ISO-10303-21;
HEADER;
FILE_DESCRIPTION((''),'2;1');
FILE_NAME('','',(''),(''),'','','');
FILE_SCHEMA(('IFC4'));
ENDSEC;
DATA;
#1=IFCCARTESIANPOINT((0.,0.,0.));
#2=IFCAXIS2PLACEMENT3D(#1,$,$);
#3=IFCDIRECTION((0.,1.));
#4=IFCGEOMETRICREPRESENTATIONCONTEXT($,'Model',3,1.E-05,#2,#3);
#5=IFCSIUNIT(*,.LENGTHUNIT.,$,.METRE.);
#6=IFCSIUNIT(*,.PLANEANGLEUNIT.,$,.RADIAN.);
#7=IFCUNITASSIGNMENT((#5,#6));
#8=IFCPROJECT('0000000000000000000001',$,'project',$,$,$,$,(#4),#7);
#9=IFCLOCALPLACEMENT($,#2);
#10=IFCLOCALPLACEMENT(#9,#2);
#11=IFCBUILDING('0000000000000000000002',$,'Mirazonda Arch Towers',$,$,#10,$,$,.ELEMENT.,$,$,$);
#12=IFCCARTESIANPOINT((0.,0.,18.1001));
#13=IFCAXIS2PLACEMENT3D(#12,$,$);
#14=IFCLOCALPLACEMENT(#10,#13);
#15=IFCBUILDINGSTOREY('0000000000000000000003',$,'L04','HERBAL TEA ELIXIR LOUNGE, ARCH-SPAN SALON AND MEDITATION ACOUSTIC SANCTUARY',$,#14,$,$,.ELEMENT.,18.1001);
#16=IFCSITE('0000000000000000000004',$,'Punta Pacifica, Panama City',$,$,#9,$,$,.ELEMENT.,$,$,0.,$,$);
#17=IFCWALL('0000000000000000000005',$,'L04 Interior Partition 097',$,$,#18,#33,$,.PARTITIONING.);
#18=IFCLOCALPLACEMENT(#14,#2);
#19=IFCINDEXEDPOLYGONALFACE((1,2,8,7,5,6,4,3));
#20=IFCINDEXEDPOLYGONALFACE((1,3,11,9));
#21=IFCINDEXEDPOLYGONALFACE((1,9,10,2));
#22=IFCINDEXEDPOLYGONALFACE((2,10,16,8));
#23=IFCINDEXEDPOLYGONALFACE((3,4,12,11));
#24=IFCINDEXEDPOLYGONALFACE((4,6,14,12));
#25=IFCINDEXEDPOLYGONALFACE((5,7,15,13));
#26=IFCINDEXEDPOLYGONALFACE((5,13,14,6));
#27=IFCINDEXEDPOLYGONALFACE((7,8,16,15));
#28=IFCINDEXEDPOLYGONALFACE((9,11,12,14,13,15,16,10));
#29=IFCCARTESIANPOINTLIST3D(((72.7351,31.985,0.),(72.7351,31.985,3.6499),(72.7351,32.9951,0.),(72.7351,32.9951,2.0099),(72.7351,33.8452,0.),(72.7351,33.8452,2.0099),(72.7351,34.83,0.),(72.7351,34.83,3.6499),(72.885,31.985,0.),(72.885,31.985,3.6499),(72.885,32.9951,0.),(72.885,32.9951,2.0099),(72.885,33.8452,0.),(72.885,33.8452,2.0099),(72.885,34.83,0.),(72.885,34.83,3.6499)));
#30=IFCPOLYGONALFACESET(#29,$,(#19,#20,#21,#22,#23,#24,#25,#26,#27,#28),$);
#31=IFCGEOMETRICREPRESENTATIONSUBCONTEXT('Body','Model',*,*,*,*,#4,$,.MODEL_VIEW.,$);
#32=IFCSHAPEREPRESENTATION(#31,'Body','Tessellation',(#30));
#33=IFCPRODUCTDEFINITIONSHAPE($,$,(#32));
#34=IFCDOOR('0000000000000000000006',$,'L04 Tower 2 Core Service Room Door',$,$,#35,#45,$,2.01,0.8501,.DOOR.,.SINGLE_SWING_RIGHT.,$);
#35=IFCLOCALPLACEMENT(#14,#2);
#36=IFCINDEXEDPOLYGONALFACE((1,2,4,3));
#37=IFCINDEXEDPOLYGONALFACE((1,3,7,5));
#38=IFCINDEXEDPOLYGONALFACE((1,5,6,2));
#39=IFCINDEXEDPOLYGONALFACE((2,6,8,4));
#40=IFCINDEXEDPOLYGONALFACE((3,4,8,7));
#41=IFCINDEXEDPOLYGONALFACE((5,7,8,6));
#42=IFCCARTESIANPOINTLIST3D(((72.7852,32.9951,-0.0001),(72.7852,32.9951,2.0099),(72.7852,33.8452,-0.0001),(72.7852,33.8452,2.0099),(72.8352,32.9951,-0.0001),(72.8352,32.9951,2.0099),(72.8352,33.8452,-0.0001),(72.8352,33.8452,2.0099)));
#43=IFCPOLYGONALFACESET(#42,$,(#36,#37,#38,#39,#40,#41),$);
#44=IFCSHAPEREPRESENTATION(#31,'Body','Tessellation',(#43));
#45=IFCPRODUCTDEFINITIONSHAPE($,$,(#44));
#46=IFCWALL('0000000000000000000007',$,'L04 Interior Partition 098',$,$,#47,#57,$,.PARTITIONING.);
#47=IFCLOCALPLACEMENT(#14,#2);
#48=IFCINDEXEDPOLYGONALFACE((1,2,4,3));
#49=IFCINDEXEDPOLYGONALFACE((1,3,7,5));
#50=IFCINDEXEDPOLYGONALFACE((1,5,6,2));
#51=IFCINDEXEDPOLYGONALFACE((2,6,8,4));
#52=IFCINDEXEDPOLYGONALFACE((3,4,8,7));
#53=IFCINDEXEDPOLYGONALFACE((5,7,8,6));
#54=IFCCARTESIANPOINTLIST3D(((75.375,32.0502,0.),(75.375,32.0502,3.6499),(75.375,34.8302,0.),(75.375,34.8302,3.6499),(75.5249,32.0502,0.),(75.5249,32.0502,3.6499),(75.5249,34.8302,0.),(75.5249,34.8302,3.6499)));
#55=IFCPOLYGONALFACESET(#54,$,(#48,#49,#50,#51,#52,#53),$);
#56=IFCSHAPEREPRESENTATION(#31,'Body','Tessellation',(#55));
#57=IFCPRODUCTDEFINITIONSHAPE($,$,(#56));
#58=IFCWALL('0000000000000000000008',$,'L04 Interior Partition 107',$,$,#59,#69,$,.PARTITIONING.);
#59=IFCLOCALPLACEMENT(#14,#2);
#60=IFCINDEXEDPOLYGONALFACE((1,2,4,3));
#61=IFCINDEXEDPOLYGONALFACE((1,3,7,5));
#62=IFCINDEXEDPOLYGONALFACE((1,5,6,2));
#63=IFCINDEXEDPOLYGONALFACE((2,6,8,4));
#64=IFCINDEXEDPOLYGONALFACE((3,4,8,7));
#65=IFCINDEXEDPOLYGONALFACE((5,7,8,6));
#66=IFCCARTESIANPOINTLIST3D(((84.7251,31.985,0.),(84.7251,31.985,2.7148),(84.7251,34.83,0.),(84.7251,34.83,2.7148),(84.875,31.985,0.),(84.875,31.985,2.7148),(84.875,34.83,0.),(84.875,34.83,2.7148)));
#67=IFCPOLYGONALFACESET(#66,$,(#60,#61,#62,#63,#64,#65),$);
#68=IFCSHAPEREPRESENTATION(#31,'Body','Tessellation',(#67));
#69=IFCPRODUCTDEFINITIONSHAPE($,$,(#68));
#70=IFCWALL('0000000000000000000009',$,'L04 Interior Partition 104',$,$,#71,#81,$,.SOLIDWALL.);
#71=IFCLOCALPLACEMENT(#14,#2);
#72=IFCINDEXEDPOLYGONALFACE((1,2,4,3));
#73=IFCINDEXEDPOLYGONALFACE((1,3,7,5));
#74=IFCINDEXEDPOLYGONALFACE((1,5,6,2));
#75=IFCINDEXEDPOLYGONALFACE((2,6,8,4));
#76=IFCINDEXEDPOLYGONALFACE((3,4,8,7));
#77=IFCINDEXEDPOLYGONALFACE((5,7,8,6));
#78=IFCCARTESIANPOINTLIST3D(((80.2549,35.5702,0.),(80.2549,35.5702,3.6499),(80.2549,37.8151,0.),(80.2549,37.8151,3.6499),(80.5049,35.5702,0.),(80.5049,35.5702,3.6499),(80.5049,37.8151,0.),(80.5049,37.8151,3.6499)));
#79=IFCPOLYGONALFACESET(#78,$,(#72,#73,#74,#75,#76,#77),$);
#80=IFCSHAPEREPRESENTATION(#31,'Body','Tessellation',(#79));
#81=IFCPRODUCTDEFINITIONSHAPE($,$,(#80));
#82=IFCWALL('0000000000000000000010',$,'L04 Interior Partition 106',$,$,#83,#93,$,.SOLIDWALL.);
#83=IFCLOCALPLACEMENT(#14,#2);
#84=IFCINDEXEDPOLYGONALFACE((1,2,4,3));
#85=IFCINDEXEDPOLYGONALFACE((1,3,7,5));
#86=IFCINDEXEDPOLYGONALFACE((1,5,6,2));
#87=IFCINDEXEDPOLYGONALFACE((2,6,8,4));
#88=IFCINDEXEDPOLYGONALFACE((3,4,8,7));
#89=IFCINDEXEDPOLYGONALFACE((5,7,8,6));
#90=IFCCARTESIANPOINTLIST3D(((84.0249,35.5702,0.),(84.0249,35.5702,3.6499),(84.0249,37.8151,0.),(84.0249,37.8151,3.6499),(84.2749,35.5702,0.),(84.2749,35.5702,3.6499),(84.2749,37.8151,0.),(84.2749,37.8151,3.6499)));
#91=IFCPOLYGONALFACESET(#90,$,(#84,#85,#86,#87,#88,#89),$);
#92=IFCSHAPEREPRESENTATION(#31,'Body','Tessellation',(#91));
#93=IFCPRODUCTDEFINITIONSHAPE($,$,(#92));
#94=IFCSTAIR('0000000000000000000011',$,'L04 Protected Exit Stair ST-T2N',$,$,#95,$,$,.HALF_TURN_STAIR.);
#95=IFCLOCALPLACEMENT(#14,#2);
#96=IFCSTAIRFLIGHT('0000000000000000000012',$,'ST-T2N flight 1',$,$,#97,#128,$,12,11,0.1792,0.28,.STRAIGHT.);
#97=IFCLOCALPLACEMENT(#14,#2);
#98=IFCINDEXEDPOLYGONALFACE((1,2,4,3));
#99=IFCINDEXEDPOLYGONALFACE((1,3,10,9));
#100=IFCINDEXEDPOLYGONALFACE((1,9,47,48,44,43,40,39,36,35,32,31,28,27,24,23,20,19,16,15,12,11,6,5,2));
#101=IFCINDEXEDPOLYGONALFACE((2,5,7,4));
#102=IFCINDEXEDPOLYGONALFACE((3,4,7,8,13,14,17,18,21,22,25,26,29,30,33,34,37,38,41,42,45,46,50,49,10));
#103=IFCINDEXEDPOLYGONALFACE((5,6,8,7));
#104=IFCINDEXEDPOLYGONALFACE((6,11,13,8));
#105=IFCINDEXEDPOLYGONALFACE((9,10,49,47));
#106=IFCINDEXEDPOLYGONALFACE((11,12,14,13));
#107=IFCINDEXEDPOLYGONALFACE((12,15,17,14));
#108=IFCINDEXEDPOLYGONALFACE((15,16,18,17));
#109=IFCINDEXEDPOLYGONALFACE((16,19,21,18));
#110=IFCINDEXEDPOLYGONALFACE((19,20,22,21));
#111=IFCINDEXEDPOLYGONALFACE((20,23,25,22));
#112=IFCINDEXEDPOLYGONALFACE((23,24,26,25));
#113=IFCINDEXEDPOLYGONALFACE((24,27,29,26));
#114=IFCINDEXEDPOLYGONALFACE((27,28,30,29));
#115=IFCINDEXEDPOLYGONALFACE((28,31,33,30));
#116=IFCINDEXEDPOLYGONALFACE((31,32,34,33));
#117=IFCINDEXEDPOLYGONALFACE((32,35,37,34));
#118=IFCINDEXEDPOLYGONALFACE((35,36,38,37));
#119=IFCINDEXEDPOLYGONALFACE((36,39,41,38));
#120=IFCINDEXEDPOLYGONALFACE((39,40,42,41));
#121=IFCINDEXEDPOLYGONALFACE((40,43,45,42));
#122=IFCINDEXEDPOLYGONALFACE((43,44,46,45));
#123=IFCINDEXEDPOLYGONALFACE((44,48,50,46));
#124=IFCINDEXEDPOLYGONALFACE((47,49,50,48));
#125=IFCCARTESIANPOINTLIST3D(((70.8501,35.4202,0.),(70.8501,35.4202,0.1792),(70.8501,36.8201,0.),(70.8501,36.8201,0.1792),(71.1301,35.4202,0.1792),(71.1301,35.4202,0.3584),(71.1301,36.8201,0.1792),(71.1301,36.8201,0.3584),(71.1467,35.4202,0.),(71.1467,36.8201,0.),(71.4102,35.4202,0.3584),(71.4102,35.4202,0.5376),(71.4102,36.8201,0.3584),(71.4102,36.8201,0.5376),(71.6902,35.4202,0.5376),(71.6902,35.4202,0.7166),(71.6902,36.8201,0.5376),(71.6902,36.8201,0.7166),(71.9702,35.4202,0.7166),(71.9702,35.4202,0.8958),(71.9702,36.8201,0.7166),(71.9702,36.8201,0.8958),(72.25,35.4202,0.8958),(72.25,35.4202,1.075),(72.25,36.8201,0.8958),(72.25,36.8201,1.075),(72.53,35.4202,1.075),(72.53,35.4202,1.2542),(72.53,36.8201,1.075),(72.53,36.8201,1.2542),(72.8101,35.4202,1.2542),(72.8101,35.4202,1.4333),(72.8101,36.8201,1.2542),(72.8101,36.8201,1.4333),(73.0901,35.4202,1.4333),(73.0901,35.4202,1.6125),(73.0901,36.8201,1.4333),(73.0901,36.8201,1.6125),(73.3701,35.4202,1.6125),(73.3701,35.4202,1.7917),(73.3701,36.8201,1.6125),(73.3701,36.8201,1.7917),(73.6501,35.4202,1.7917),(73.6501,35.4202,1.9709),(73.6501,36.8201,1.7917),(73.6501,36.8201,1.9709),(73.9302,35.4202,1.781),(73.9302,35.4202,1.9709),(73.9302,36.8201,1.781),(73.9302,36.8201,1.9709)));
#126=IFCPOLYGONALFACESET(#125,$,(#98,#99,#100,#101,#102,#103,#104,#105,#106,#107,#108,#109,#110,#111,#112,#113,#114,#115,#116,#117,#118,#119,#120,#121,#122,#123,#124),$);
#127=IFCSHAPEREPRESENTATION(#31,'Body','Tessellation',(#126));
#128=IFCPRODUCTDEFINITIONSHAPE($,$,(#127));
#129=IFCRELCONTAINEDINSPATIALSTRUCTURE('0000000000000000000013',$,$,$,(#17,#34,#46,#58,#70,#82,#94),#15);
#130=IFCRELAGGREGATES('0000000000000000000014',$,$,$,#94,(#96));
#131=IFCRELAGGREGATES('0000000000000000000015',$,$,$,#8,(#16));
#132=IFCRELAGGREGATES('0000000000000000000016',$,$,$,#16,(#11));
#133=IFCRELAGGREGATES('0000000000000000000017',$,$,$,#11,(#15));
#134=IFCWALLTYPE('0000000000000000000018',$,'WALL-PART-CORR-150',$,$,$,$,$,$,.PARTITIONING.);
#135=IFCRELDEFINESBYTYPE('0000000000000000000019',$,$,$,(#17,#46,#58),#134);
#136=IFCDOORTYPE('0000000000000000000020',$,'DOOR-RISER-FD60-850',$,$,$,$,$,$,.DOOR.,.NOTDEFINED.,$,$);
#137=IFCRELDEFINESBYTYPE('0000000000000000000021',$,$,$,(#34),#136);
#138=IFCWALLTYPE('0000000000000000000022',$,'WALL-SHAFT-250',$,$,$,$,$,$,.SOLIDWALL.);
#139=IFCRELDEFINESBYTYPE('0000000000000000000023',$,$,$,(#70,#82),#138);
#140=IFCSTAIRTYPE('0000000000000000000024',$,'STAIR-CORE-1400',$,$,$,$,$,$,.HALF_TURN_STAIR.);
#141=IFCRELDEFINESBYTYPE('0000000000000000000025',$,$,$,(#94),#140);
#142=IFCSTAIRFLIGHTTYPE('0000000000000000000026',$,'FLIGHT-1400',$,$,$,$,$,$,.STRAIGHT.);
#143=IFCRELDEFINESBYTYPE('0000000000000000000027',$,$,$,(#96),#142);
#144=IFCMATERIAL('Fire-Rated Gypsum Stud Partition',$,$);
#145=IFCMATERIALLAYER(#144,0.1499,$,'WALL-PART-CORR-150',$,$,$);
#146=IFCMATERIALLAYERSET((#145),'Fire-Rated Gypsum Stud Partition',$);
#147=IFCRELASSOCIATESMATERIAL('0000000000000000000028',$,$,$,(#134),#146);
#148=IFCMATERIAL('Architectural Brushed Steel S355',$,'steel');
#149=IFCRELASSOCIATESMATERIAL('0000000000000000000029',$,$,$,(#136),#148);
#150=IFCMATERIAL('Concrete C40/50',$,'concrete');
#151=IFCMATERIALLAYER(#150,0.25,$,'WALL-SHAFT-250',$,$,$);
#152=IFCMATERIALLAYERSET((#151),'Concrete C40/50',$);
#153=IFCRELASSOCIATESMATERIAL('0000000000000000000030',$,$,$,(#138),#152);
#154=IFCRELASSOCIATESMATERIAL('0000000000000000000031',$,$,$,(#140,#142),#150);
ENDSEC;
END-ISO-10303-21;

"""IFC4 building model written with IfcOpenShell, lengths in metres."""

from ifc_helpers import new_model, si_unit, direction, frame, frame_2d, origin, place, context, subcontext, project, spatial, polyline, rectangle, outline, extrude, material, layer, layer_set, type_object, element, fill, aggregate, save


model = new_model("IFC4")

# Units and contexts
model_context = context("Model", 3, precision=1e-05, world=origin(), true_north=direction((0.0, 1.0)))
body_context = subcontext(model_context, "Body", "Model", "MODEL_VIEW")
ifc_project = project(units=[si_unit("LENGTHUNIT", "METRE"), si_unit("PLANEANGLEUNIT", "RADIAN")], contexts=[model_context])

# Site, building, storey
site_placement = place(None, origin())
site = spatial("IfcSite", under=ifc_project, at=site_placement, Name="Punta Pacifica, Panama City", CompositionType="ELEMENT", RefElevation=0.0)
building_placement = place(site_placement, origin())
building = spatial("IfcBuilding", under=site, at=building_placement, Name="Mirazonda Arch Towers", CompositionType="ELEMENT")
storey_placement = place(building_placement, frame((0.0, 0.0, 18.1001)))
storey = spatial("IfcBuildingStorey", under=building, at=storey_placement, Name="L04", Description="HERBAL TEA ELIXIR LOUNGE, ARCH-SPAN SALON AND MEDITATION ACOUSTIC SANCTUARY", CompositionType="ELEMENT", Elevation=18.1001)

# Shared definitions
ifc_material_1 = material(Name="Concrete C40/50", Category="concrete")

# Shared definitions
ifc_material_2 = material(Name="Fire-Rated Gypsum Stud Partition")
ifc_layer_1 = layer(ifc_material_2, 0.1499, Name="WALL-PART-CORR-150")
ifc_layer_set_1 = layer_set([ifc_layer_1], Name="Fire-Rated Gypsum Stud Partition")
wall_type_1 = type_object("IfcWallType", Name="WALL-PART-CORR-150", PredefinedType="PARTITIONING", material=ifc_layer_set_1)
ifc_material_3 = material(Name="Architectural Brushed Steel S355", Category="steel")

# Wall, opening, door
wall_1_placement = place(storey_placement, frame((72.8101, 31.9851, 0.0), z_axis=(0.0, 0.0, 1.0), x_axis=(0.0, 1.0, 0.0)))
wall_1 = element("IfcWall", 1, at=wall_1_placement, inside=storey, type_object=wall_type_1, Name="L04 Interior Partition 097", PredefinedType="PARTITIONING", context=body_context, shape_type="SweptSolid", body=[
    extrude(rectangle(XDim=2.845, YDim=0.1499, at=frame_2d((1.4224, 0.0))), origin(), (0.0, 0.0, 1.0), 3.6499),
])
opening_1_placement = place(wall_1_placement, frame((1.01, 0.0, 0.0)))
opening_1 = element("IfcOpeningElement", 2, at=opening_1_placement, cuts=wall_1, PredefinedType="OPENING", context=body_context, shape_type="SweptSolid", body=[
    extrude(rectangle(XDim=0.8501, YDim=2.01, at=frame_2d((0.425, 1.0049))), frame((0.0, 0.085, 0.0), z_axis=(0.0, -1.0, 0.0), x_axis=(1.0, 0.0, 0.0)), (0.0, 0.0, 1.0), 0.1699),
])
door_type_1 = type_object("IfcDoorType", Name="DOOR-RISER-FD60-850", OperationType="NOTDEFINED", PredefinedType="DOOR", material=ifc_material_3)
door_1_placement = place(opening_1_placement, origin())
door_1 = element("IfcDoor", 3, at=door_1_placement, inside=storey, type_object=door_type_1, Name="L04 Tower 2 Core Service Room Door", OperationType="SINGLE_SWING_RIGHT", OverallHeight=2.01, OverallWidth=0.8501, PredefinedType="DOOR", context=body_context, shape_type="SweptSolid", body=[
    extrude(rectangle(XDim=0.8501, YDim=2.01, at=frame_2d((0.425, 1.0049))), frame((0.0, 0.0249, 0.0), z_axis=(0.0, -1.0, 0.0), x_axis=(1.0, 0.0, 0.0)), (0.0, 0.0, 1.0), 0.05),
])
fill(opening_1, door_1)

# Walls
wall_2_placement = place(storey_placement, frame((75.45, 32.05, 0.0), z_axis=(0.0, 0.0, 1.0), x_axis=(0.0, 1.0, 0.0)))
element("IfcWall", 4, at=wall_2_placement, inside=storey, type_object=wall_type_1, Name="L04 Interior Partition 098", PredefinedType="PARTITIONING", context=body_context, shape_type="SweptSolid", body=[
    extrude(rectangle(XDim=2.78, YDim=0.1499, at=frame_2d((1.3901, 0.0))), origin(), (0.0, 0.0, 1.0), 3.6499),
])
wall_3_placement = place(storey_placement, frame((84.8, 31.9851, 0.0), z_axis=(0.0, 0.0, 1.0), x_axis=(0.0, 1.0, 0.0)))
element("IfcWall", 5, at=wall_3_placement, inside=storey, type_object=wall_type_1, Name="L04 Interior Partition 107", PredefinedType="PARTITIONING", context=body_context, shape_type="SweptSolid", body=[
    extrude(rectangle(XDim=2.845, YDim=0.1499, at=frame_2d((1.4224, 0.0))), origin(), (0.0, 0.0, 1.0), 2.7148),
])
ifc_layer_2 = layer(ifc_material_1, 0.25, Name="WALL-SHAFT-250")
ifc_layer_set_2 = layer_set([ifc_layer_2], Name="Concrete C40/50")
wall_type_2 = type_object("IfcWallType", Name="WALL-SHAFT-250", PredefinedType="SOLIDWALL", material=ifc_layer_set_2)
for number, where, z_axis, x_axis, name in (
    (6, (80.3799, 35.5701, 0.0), (0.0, 0.0, 1.0), (0.0, 1.0, 0.0), "L04 Interior Partition 104"),
    (7, (84.1499, 35.5701, 0.0), (0.0, 0.0, 1.0), (0.0, 1.0, 0.0), "L04 Interior Partition 106"),
):
    element("IfcWall", number, at=place(storey_placement, frame(where, z_axis=z_axis, x_axis=x_axis)), inside=storey, type_object=wall_type_2, Name=name, PredefinedType="SOLIDWALL", context=body_context, shape_type="SweptSolid", body=[
        extrude(rectangle(XDim=2.2449, YDim=0.25, at=frame_2d((1.1226, 0.0))), origin(), (0.0, 0.0, 1.0), 3.6499),
    ])

# Stair, stair flight
stair_type = type_object("IfcStairType", Name="STAIR-CORE-1400", PredefinedType="HALF_TURN_STAIR", material=ifc_material_1)
stair_placement = place(storey_placement, origin())
stair = element("IfcStair", 8, at=stair_placement, inside=storey, type_object=stair_type, Name="L04 Protected Exit Stair ST-T2N", PredefinedType="HALF_TURN_STAIR")
stair_flight_type = type_object("IfcStairFlightType", Name="FLIGHT-1400", PredefinedType="STRAIGHT", material=ifc_material_1)
stair_flight_placement = place(storey_placement, frame((70.8501, 36.1201, 0.0), z_axis=(0.0, 0.0, 1.0), x_axis=(1.0, 0.0, 0.0)))
stair_flight = element("IfcStairFlight", 9, at=stair_flight_placement, type_object=stair_flight_type, Name="ST-T2N flight 1", NumberOfRisers=12, NumberOfTreads=11, PredefinedType="STRAIGHT", RiserHeight=0.1792, TreadLength=0.28, context=body_context, shape_type="SweptSolid", body=[
    extrude(outline(polyline([(0.0, 0.0), (0.0, 0.1792), (0.28, 0.1792), (0.28, 0.3584), (0.5601, 0.3584), (0.5601, 0.5376), (0.8401, 0.5376), (0.8401, 0.7166), (1.1201, 0.7166), (1.1201, 0.8958), (1.3999, 0.8958), (1.3999, 1.075), (1.6799, 1.075), (1.6799, 1.2542), (1.96, 1.2542), (1.96, 1.4333), (2.24, 1.4333), (2.24, 1.6125), (2.52, 1.6125), (2.52, 1.7917), (2.8, 1.7917), (2.8, 1.9709), (3.0801, 1.9709), (3.0801, 2.1499), (3.0801, 1.781), (0.2966, 0.0), (0.0, 0.0)])), frame((0.0, 0.7, 0.0), z_axis=(0.0, -1.0, 0.0), x_axis=(1.0, 0.0, 0.0)), (0.0, 0.0, 1.0), 1.3999),
])
aggregate(stair, [stair_flight])

save(model, "model.ifc")
